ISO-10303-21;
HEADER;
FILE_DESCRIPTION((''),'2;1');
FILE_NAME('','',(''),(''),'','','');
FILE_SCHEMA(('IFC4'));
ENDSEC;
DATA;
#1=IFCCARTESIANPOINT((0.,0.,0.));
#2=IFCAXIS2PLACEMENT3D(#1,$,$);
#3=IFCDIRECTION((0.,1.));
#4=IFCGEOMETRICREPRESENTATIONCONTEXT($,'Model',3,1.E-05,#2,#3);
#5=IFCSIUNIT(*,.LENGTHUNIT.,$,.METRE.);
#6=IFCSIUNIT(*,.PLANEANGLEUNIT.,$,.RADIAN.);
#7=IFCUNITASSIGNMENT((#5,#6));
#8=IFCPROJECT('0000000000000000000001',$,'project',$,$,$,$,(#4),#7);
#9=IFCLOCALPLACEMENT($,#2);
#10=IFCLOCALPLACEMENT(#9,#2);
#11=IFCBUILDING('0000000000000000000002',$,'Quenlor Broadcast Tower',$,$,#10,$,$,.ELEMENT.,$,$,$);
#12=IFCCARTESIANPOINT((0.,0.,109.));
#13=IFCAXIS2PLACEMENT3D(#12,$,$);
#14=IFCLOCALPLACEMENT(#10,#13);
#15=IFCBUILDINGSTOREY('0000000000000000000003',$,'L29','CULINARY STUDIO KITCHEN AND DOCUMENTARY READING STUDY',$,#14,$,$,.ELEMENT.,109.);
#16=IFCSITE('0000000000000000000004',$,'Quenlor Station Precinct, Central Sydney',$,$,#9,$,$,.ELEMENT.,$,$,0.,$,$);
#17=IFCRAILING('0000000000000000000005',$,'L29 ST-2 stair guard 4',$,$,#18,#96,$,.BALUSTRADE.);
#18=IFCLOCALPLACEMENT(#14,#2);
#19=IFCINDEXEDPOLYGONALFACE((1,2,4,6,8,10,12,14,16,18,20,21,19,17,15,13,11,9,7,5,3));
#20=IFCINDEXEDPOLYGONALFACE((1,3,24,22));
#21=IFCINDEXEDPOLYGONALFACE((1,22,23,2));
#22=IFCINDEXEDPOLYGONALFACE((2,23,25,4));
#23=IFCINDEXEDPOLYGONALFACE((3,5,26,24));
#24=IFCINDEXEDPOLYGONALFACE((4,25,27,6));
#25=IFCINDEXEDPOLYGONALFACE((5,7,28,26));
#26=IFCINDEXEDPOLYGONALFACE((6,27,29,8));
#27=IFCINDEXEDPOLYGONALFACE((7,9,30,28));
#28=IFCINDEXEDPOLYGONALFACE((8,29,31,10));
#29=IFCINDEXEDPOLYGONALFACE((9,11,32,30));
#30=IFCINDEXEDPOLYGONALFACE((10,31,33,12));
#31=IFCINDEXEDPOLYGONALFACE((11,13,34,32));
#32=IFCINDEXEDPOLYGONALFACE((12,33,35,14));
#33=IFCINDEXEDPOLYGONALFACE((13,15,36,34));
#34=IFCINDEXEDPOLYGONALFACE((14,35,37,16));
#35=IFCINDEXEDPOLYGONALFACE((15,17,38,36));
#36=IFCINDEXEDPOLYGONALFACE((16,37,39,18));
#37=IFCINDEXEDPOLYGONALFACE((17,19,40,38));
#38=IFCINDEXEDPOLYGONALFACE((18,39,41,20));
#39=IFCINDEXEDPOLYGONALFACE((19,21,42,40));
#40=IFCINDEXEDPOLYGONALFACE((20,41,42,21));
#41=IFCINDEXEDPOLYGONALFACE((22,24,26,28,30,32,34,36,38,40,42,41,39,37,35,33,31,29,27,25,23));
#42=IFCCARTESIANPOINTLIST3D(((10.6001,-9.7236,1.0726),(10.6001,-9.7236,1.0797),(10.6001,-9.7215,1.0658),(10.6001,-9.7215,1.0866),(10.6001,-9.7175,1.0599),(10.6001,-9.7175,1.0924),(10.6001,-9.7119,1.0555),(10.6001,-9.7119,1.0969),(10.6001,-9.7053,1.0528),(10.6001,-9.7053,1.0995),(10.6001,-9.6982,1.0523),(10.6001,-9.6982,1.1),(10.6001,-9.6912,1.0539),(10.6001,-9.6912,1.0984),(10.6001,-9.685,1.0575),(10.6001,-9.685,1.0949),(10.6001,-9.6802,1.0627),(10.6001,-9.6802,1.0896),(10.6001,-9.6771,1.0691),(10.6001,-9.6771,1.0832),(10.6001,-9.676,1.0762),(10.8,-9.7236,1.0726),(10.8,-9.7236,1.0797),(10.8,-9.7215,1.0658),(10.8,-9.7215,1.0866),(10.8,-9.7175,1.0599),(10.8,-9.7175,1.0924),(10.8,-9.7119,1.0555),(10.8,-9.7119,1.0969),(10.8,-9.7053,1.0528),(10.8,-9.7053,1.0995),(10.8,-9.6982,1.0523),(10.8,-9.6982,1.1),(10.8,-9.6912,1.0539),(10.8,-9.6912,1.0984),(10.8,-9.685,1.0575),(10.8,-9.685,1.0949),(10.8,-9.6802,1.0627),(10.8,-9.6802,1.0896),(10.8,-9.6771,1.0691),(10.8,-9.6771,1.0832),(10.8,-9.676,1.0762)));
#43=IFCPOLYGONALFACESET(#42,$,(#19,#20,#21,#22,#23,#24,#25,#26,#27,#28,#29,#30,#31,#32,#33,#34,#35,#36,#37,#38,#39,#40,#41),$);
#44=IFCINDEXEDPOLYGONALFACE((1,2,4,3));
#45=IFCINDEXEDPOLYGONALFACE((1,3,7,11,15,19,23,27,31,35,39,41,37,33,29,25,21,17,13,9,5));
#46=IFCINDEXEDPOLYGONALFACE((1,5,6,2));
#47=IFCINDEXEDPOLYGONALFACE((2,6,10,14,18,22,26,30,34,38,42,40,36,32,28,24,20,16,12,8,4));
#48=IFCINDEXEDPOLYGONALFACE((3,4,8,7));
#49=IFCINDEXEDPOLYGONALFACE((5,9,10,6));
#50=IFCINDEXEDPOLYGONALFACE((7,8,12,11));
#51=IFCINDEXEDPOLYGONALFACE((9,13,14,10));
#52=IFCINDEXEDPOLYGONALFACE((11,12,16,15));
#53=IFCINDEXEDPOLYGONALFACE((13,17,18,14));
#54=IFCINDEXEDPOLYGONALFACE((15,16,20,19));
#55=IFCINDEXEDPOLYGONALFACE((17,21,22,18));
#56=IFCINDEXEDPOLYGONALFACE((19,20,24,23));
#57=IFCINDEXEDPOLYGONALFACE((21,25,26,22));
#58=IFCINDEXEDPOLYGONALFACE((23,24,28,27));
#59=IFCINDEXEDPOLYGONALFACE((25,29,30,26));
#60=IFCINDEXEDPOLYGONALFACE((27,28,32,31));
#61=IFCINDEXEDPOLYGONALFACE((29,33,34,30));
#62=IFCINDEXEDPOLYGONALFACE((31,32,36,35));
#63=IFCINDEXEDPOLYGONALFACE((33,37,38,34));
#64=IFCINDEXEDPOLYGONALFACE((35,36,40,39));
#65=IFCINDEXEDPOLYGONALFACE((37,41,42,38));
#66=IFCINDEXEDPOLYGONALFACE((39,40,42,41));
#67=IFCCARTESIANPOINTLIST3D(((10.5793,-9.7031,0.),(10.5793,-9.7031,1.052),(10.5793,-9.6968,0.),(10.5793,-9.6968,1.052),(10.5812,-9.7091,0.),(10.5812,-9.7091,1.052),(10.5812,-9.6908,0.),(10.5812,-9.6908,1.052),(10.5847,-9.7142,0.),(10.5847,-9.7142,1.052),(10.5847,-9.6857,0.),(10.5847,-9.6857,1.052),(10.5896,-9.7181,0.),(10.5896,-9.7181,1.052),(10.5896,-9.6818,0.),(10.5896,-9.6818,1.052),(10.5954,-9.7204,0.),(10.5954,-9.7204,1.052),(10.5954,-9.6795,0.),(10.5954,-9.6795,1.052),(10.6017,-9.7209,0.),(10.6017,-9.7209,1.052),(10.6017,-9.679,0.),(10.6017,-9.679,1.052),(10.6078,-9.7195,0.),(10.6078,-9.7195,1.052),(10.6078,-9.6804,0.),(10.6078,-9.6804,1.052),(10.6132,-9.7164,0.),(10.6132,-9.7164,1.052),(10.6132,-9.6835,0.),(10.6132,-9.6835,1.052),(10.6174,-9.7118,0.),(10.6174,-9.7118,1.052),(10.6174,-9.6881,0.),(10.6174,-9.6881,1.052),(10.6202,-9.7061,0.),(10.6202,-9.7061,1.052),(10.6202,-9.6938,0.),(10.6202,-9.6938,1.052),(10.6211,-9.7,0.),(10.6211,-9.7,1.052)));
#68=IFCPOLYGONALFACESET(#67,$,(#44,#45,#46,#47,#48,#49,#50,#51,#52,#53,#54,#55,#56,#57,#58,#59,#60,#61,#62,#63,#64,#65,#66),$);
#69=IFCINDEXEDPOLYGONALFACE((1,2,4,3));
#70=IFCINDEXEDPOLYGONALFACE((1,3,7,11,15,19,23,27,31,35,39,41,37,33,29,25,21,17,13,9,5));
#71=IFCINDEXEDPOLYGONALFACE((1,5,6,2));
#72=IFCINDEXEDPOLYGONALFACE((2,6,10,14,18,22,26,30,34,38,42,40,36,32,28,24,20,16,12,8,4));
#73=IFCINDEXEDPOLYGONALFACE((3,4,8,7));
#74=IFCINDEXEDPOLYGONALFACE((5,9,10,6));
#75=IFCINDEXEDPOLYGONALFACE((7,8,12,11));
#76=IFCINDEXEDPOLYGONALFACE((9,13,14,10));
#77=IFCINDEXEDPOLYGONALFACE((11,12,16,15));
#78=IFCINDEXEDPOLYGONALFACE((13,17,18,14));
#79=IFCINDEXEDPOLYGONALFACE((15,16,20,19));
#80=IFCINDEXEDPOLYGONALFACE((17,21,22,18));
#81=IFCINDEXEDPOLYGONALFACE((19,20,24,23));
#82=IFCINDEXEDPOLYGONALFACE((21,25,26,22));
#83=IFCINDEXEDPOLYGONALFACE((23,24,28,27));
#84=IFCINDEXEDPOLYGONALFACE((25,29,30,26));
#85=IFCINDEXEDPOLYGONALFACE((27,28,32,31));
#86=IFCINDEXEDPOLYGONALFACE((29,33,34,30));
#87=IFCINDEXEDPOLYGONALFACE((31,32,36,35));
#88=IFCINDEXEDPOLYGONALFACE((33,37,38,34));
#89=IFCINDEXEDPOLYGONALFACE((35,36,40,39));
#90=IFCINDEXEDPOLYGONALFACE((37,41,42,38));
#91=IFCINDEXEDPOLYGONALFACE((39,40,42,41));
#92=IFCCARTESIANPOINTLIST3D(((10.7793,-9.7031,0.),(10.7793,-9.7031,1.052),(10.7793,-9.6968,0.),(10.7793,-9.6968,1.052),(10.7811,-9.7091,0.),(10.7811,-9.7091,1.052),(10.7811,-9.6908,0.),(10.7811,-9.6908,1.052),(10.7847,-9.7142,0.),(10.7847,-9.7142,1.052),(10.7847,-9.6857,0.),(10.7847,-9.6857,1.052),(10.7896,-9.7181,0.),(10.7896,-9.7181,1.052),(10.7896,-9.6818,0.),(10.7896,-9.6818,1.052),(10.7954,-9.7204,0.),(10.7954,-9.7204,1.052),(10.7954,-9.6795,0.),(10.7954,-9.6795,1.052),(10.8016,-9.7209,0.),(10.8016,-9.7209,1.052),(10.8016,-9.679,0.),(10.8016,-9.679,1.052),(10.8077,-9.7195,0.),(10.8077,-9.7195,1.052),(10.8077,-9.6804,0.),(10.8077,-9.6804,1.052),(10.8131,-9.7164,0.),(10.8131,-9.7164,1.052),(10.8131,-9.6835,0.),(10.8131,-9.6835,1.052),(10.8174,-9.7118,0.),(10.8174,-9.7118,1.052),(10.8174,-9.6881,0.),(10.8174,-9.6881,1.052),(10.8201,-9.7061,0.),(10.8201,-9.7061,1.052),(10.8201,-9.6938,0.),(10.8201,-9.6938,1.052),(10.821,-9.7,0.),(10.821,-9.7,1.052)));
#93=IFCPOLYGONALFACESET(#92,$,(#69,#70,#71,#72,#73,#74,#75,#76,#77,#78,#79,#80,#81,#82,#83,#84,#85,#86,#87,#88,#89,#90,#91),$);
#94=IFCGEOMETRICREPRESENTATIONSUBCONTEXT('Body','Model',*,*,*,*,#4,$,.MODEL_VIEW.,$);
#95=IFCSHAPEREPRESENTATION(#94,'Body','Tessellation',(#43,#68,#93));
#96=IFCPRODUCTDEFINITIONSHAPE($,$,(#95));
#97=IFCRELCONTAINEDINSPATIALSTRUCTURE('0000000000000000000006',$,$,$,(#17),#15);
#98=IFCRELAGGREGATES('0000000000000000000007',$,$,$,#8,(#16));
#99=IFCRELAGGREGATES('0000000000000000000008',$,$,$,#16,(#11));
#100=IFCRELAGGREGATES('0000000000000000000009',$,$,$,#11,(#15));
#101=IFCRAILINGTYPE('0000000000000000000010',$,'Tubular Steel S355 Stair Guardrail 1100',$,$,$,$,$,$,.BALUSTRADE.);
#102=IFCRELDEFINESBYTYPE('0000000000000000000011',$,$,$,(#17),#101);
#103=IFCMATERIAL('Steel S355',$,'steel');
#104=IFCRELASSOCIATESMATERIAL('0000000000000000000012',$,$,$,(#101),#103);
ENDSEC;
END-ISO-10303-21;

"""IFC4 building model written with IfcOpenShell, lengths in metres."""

from ifc_helpers import new_model, si_unit, direction, frame, origin, origin_2d, place, context, subcontext, project, spatial, circle, extrude, material, type_object, element, save


model = new_model("IFC4")

# Units and contexts
model_context = context("Model", 3, precision=1e-05, world=origin(), true_north=direction((0.0, 1.0)))
body_context = subcontext(model_context, "Body", "Model", "MODEL_VIEW")
ifc_project = project(units=[si_unit("LENGTHUNIT", "METRE"), si_unit("PLANEANGLEUNIT", "RADIAN")], contexts=[model_context])

# Site, building, storey
site_placement = place(None, origin())
site = spatial("IfcSite", under=ifc_project, at=site_placement, Name="Quenlor Station Precinct, Central Sydney", CompositionType="ELEMENT", RefElevation=0.0)
building_placement = place(site_placement, origin())
building = spatial("IfcBuilding", under=site, at=building_placement, Name="Quenlor Broadcast Tower", CompositionType="ELEMENT")
storey_placement = place(building_placement, frame((0.0, 0.0, 109.0)))
storey = spatial("IfcBuildingStorey", under=building, at=storey_placement, Name="L29", Description="CULINARY STUDIO KITCHEN AND DOCUMENTARY READING STUDY", CompositionType="ELEMENT", Elevation=109.0)

# Railing
ifc_material_1 = material(Name="Steel S355", Category="steel")
railing_type_1 = type_object("IfcRailingType", Name="Tubular Steel S355 Stair Guardrail 1100", PredefinedType="BALUSTRADE", material=ifc_material_1)
railing_1_placement = place(storey_placement, frame((10.6001, -9.7, 0.0)))
element("IfcRailing", 1, at=railing_1_placement, inside=storey, type_object=railing_type_1, Name="L29 ST-2 stair guard 4", PredefinedType="BALUSTRADE", context=body_context, shape_type="SweptSolid", body=[
    extrude(circle(Radius=0.0239, at=origin_2d()), frame((0.0, 0.0, 1.0762), z_axis=(1.0, 0.0, 0.0), x_axis=(0.0, 1.0, 0.0)), (0.0, 0.0, 1.0), 0.2),
    extrude(circle(Radius=0.021, at=origin_2d()), origin(), (0.0, 0.0, 1.0), 1.052),
    extrude(circle(Radius=0.021, at=origin_2d()), frame((0.2, 0.0, 0.0)), (0.0, 0.0, 1.0), 1.052),
])

save(model, "model.ifc")
